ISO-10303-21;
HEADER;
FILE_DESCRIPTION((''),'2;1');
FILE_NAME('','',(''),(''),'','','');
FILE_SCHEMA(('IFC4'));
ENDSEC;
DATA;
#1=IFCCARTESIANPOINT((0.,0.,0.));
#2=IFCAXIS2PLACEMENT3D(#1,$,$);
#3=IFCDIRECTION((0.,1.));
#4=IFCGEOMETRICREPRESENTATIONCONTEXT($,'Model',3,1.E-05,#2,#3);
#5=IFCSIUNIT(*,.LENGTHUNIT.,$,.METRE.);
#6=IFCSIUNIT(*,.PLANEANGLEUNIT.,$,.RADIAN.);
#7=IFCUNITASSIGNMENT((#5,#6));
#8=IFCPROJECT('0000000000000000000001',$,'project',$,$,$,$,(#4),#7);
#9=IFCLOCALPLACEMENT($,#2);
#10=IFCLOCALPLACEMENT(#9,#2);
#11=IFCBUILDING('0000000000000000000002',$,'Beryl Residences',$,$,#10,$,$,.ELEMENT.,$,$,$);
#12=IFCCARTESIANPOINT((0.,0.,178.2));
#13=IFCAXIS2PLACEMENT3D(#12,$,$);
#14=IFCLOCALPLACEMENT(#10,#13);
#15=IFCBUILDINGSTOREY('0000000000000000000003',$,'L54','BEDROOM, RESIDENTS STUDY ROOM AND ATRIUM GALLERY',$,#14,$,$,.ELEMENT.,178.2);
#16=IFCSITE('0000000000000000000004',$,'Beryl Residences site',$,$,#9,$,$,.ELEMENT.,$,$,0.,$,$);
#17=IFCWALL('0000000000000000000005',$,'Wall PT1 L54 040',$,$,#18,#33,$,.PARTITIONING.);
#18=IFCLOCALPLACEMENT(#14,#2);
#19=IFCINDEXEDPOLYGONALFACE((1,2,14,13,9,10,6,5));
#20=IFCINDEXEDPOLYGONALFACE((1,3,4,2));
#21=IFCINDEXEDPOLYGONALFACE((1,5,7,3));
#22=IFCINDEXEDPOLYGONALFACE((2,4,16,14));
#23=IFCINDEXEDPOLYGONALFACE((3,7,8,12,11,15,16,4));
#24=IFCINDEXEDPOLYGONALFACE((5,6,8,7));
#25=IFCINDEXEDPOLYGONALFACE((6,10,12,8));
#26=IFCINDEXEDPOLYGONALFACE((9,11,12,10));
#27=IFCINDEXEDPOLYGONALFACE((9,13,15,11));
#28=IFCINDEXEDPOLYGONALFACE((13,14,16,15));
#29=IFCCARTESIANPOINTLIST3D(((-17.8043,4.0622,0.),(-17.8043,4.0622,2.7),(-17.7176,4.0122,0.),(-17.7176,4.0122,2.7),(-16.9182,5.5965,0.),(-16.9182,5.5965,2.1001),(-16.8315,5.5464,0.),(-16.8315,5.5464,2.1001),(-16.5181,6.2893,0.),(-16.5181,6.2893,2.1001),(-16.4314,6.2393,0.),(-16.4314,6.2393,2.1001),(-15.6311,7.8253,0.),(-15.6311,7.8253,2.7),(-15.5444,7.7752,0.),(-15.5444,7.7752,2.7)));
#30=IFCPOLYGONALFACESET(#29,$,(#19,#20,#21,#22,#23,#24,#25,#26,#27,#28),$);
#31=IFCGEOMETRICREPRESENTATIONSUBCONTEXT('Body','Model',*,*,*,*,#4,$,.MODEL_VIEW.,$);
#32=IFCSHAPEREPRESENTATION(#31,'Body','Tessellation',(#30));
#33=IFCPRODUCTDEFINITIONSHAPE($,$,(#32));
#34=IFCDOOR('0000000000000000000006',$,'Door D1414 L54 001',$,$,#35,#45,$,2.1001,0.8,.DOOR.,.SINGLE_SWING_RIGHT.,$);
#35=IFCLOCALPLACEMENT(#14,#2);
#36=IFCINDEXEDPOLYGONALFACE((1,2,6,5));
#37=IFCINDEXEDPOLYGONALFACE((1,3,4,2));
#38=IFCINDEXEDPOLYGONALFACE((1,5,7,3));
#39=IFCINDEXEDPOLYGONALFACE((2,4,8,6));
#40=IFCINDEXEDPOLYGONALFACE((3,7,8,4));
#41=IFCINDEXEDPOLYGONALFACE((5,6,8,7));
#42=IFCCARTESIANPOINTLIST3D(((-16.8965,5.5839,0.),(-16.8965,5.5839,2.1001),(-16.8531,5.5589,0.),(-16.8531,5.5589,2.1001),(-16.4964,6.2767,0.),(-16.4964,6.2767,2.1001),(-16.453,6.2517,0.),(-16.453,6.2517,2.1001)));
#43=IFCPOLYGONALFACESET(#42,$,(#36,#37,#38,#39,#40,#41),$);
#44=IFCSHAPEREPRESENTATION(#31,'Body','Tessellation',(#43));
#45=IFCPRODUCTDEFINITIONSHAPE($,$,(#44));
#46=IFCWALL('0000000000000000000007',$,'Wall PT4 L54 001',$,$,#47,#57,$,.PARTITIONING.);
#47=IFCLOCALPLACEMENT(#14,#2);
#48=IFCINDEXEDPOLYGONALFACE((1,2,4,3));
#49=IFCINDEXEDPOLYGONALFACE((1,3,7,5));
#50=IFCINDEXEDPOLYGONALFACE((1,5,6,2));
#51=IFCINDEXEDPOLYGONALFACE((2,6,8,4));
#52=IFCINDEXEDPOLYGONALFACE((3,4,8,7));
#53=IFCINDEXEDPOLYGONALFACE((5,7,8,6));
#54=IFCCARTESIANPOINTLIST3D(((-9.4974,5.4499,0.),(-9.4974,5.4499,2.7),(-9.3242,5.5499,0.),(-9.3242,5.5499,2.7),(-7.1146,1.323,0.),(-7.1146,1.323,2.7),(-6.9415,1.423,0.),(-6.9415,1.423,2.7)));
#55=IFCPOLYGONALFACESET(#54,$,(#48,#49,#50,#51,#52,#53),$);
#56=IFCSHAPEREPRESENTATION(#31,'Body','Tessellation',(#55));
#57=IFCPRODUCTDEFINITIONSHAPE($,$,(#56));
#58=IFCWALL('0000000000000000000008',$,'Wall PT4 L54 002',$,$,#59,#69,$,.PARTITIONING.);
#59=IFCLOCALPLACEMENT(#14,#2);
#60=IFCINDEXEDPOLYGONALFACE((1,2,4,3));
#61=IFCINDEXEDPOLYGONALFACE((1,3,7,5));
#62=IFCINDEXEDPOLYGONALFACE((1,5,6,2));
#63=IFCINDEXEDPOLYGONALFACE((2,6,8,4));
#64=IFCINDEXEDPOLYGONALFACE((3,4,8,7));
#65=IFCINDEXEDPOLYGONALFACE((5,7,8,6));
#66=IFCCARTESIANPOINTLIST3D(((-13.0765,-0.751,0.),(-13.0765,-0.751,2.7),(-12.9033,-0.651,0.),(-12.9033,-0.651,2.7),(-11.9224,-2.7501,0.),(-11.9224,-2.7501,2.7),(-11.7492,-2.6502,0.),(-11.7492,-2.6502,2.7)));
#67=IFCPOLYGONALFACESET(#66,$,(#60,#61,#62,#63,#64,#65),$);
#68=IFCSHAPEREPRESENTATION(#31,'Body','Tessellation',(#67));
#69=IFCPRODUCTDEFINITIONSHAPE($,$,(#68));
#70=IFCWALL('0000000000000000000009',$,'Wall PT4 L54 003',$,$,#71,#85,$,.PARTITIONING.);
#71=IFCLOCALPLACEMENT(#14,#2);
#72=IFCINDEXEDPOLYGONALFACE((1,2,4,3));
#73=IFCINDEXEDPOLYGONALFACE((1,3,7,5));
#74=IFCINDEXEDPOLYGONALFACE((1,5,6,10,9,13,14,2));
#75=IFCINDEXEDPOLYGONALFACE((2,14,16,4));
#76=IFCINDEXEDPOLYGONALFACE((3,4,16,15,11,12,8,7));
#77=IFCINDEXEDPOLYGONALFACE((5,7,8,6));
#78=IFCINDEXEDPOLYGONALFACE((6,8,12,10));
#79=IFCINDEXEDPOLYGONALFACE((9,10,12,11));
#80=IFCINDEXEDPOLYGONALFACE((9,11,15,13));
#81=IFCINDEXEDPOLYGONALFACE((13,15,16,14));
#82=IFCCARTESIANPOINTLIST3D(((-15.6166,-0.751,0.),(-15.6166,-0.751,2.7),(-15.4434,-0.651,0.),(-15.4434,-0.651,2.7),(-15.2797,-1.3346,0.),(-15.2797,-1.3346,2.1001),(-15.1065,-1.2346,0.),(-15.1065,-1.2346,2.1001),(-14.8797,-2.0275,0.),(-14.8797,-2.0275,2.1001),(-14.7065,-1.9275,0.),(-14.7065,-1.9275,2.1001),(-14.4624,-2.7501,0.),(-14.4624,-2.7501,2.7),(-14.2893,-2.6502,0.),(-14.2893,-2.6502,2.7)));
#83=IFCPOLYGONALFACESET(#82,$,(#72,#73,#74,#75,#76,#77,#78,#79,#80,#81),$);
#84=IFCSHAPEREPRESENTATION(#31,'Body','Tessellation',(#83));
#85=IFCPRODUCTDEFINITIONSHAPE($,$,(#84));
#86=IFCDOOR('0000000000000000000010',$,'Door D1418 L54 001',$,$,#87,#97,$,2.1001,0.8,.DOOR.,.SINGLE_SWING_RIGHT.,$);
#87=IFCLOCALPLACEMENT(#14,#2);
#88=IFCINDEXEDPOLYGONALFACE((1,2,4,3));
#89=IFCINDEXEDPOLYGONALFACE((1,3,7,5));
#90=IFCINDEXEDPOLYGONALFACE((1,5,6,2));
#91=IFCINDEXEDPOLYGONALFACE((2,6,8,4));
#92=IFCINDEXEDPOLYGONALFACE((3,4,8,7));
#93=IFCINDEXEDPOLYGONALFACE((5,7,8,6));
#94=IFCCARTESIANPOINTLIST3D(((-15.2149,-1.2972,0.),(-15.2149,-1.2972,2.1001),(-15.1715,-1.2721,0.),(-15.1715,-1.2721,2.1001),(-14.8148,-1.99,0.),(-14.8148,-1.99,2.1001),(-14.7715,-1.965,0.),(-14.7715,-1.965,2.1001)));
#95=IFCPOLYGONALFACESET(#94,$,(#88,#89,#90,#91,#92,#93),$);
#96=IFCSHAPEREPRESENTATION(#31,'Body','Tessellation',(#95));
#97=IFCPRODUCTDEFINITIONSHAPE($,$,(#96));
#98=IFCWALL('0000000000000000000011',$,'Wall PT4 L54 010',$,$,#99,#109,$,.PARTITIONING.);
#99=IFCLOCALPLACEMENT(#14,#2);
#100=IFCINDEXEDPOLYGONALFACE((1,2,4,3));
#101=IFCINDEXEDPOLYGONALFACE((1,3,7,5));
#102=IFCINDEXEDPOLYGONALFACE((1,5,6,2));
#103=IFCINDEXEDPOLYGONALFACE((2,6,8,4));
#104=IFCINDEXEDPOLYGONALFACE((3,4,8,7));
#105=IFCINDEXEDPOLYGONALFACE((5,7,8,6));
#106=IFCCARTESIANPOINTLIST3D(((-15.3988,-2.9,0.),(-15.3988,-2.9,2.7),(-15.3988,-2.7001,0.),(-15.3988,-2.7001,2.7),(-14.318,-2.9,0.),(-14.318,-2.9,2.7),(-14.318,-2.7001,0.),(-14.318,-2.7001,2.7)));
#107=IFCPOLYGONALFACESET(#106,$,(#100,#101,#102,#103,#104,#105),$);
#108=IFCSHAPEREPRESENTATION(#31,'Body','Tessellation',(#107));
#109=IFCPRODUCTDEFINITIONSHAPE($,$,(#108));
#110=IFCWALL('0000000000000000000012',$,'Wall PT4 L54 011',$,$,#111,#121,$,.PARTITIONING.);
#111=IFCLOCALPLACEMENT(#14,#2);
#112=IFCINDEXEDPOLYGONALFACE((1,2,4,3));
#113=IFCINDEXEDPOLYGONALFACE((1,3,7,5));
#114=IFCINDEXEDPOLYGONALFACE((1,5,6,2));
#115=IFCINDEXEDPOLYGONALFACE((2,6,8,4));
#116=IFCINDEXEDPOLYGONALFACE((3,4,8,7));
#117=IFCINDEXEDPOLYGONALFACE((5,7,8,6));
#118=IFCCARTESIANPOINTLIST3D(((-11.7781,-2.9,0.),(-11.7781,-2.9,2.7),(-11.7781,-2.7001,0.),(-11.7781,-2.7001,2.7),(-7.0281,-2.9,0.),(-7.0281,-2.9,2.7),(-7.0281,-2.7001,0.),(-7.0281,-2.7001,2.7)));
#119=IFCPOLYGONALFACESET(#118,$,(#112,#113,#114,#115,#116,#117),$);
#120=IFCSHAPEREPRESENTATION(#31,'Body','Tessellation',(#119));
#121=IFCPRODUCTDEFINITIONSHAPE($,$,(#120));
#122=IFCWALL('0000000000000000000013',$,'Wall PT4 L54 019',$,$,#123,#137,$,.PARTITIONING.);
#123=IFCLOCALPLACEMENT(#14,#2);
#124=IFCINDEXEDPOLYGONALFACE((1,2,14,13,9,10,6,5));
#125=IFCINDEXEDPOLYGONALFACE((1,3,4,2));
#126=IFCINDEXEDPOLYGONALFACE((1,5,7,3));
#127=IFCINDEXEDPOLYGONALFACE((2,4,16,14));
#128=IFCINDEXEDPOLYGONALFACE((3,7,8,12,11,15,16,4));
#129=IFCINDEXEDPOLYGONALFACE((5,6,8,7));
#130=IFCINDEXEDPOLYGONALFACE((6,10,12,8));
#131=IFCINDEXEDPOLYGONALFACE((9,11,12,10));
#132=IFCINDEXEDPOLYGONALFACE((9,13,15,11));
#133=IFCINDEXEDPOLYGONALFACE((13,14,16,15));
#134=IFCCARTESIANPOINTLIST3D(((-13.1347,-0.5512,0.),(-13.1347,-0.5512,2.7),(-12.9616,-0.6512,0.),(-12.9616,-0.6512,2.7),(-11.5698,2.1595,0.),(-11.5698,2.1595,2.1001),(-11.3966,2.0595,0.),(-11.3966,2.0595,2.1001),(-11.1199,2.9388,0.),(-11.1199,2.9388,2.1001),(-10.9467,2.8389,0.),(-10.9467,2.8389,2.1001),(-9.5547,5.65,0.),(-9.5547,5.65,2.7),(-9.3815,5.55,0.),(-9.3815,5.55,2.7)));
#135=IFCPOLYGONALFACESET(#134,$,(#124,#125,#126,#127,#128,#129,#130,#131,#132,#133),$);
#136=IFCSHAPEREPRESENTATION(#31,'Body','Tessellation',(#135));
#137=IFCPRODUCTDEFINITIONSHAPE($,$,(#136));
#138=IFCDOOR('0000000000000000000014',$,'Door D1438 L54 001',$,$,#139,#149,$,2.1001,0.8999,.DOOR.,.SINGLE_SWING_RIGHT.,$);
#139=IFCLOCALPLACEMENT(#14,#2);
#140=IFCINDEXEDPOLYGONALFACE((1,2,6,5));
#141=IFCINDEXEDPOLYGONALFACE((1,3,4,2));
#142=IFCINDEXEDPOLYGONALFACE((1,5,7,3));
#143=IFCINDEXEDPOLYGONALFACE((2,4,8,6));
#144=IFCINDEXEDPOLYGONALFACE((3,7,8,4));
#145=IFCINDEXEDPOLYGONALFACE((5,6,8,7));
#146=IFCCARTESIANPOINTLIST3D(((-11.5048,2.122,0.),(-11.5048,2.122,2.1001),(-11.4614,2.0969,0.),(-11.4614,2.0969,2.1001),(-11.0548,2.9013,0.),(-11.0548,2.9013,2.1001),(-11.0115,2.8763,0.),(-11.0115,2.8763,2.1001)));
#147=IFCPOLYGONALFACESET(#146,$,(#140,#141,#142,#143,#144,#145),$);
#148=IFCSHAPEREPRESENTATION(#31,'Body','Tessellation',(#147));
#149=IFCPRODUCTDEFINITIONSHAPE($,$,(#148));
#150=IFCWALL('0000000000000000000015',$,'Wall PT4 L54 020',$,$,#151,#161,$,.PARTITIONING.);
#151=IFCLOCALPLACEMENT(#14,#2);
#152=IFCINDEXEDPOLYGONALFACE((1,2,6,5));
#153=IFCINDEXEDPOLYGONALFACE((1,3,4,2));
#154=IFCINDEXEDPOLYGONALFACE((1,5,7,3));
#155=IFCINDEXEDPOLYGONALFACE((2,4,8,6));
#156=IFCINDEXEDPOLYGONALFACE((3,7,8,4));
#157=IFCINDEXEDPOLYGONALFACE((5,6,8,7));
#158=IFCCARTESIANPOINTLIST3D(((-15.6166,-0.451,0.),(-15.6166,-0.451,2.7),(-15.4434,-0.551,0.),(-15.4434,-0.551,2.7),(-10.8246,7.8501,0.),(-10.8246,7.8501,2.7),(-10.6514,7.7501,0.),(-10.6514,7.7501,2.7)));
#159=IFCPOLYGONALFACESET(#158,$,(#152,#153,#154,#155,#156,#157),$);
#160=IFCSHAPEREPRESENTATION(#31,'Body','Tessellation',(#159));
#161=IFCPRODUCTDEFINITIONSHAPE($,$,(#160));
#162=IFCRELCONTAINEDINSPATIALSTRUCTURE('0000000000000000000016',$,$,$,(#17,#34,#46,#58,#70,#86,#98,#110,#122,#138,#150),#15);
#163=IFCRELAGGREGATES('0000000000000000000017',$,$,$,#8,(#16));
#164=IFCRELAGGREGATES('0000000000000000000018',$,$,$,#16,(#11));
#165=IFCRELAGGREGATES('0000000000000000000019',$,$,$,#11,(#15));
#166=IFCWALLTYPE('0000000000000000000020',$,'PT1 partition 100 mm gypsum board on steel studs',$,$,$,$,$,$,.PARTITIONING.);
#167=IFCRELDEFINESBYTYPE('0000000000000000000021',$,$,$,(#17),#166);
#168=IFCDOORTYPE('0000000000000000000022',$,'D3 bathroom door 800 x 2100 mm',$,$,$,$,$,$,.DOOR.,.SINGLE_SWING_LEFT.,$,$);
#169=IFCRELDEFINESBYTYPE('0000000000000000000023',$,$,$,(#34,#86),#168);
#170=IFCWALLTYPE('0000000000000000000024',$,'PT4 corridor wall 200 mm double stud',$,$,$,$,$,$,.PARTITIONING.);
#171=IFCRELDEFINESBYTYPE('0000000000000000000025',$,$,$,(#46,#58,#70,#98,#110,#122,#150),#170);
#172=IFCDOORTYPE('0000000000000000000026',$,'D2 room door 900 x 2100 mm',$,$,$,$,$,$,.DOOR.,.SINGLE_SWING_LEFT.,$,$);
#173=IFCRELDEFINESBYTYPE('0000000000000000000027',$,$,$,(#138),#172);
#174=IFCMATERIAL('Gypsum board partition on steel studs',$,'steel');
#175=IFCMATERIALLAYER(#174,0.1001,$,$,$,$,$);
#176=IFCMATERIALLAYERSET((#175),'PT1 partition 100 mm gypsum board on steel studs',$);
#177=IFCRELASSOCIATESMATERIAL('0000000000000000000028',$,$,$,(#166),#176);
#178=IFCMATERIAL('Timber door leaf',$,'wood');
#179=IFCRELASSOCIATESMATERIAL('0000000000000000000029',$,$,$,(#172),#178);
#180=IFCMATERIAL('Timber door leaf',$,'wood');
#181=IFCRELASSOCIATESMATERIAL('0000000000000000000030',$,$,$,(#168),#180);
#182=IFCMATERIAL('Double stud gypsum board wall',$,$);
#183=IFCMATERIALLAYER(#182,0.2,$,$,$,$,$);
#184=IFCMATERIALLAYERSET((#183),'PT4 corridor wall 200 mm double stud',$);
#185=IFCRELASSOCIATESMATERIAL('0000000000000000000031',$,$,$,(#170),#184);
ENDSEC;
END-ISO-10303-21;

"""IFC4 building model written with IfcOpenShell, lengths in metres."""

from ifc_helpers import new_model, si_unit, direction, frame, frame_2d, origin, place, context, subcontext, project, spatial, rectangle, extrude, material, layer, layer_set, type_object, element, fill, save


model = new_model("IFC4")

# Units and contexts
model_context = context("Model", 3, precision=1e-05, world=origin(), true_north=direction((0.0, 1.0)))
body_context = subcontext(model_context, "Body", "Model", "MODEL_VIEW")
ifc_project = project(units=[si_unit("LENGTHUNIT", "METRE"), si_unit("PLANEANGLEUNIT", "RADIAN")], contexts=[model_context])

# Site, building, storey
site_placement = place(None, origin())
site = spatial("IfcSite", under=ifc_project, at=site_placement, Name="Beryl Residences site", CompositionType="ELEMENT", RefElevation=0.0)
building_placement = place(site_placement, origin())
building = spatial("IfcBuilding", under=site, at=building_placement, Name="Beryl Residences", CompositionType="ELEMENT")
storey_placement = place(building_placement, frame((0.0, 0.0, 178.2)))
storey = spatial("IfcBuildingStorey", under=building, at=storey_placement, Name="L54", Description="BEDROOM, RESIDENTS STUDY ROOM AND ATRIUM GALLERY", CompositionType="ELEMENT", Elevation=178.2)

# Shared definitions
ifc_material_1 = material(Name="Gypsum board partition on steel studs", Category="steel")
ifc_layer_1 = layer(ifc_material_1, 0.1001)
ifc_layer_set_1 = layer_set([ifc_layer_1], Name="PT1 partition 100 mm gypsum board on steel studs")
wall_type_1 = type_object("IfcWallType", Name="PT1 partition 100 mm gypsum board on steel studs", PredefinedType="PARTITIONING", material=ifc_layer_set_1)
ifc_material_2 = material(Name="Timber door leaf", Category="wood")
door_type_1 = type_object("IfcDoorType", Name="D2 room door 900 x 2100 mm", OperationType="SINGLE_SWING_LEFT", PredefinedType="DOOR", material=ifc_material_2)

# Shared definitions
ifc_material_3 = material(Name="Timber door leaf", Category="wood")
door_type_2 = type_object("IfcDoorType", Name="D3 bathroom door 800 x 2100 mm", OperationType="SINGLE_SWING_LEFT", PredefinedType="DOOR", material=ifc_material_3)

# Wall, opening, door
wall_1_placement = place(storey_placement, frame((-17.761, 4.0371, 0.0), z_axis=(0.0, 0.0, 1.0), x_axis=(0.500097, 0.865969, 0.0)))
wall_1 = element("IfcWall", 1, at=wall_1_placement, inside=storey, type_object=wall_type_1, Name="Wall PT1 L54 040", PredefinedType="PARTITIONING", context=body_context, shape_type="SweptSolid", body=[
    extrude(rectangle(XDim=4.3455, YDim=0.1001, at=frame_2d((2.1729, 0.0))), origin(), (0.0, 0.0, 1.0), 2.7),
])
opening_1_placement = place(wall_1_placement, frame((1.772, 0.0, 0.0)))
opening_1 = element("IfcOpeningElement", 2, at=opening_1_placement, cuts=wall_1, PredefinedType="OPENING", context=body_context, shape_type="SweptSolid", body=[
    extrude(rectangle(XDim=0.8, YDim=2.1001, at=frame_2d((0.3999, 1.05))), frame((0.0, 0.0601, 0.0), z_axis=(0.0, -1.0, 0.0), x_axis=(1.0, 0.0, 0.0)), (0.0, 0.0, 1.0), 0.1201),
])
door_1_placement = place(opening_1_placement, origin())
door_1 = element("IfcDoor", 3, at=door_1_placement, inside=storey, type_object=door_type_2, Name="Door D1414 L54 001", OperationType="SINGLE_SWING_RIGHT", OverallHeight=2.1001, OverallWidth=0.8, PredefinedType="DOOR", context=body_context, shape_type="SweptSolid", body=[
    extrude(rectangle(XDim=0.8, YDim=2.1001, at=frame_2d((0.3999, 1.05))), frame((0.0, 0.0249, 0.0), z_axis=(0.0, -1.0, 0.0), x_axis=(1.0, 0.0, 0.0)), (0.0, 0.0, 1.0), 0.05),
])
fill(opening_1, door_1)

# Walls
ifc_material_4 = material(Name="Double stud gypsum board wall")
ifc_layer_2 = layer(ifc_material_4, 0.2)
ifc_layer_set_2 = layer_set([ifc_layer_2], Name="PT4 corridor wall 200 mm double stud")
wall_type_2 = type_object("IfcWallType", Name="PT4 corridor wall 200 mm double stud", PredefinedType="PARTITIONING", material=ifc_layer_set_2)
wall_2_placement = place(storey_placement, frame((-9.4109, 5.5, 0.0), z_axis=(0.0, 0.0, 1.0), x_axis=(0.500018, -0.866015, 0.0)))
element("IfcWall", 4, at=wall_2_placement, inside=storey, type_object=wall_type_2, Name="Wall PT4 L54 001", PredefinedType="PARTITIONING", context=body_context, shape_type="SweptSolid", body=[
    extrude(rectangle(XDim=4.7654, YDim=0.2, at=frame_2d((2.3828, 0.0))), origin(), (0.0, 0.0, 1.0), 2.7),
])
wall_3_placement = place(storey_placement, frame((-12.99, -0.7009, 0.0), z_axis=(0.0, 0.0, 1.0), x_axis=(0.499973, -0.866041, 0.0)))
element("IfcWall", 5, at=wall_3_placement, inside=storey, type_object=wall_type_2, Name="Wall PT4 L54 002", PredefinedType="PARTITIONING", context=body_context, shape_type="SweptSolid", body=[
    extrude(rectangle(XDim=2.3083, YDim=0.2, at=frame_2d((1.1543, 0.0))), origin(), (0.0, 0.0, 1.0), 2.7),
])

# Wall, opening, door
wall_4_placement = place(storey_placement, frame((-15.53, -0.7009, 0.0), z_axis=(0.0, 0.0, 1.0), x_axis=(0.499973, -0.866041, 0.0)))
wall_4 = element("IfcWall", 6, at=wall_4_placement, inside=storey, type_object=wall_type_2, Name="Wall PT4 L54 003", PredefinedType="PARTITIONING", context=body_context, shape_type="SweptSolid", body=[
    extrude(rectangle(XDim=2.3083, YDim=0.2, at=frame_2d((1.1543, 0.0))), origin(), (0.0, 0.0, 1.0), 2.7),
])
opening_2_placement = place(wall_4_placement, frame((0.6741, 0.0, 0.0)))
opening_2 = element("IfcOpeningElement", 7, at=opening_2_placement, cuts=wall_4, PredefinedType="OPENING", context=body_context, shape_type="SweptSolid", body=[
    extrude(rectangle(XDim=0.8, YDim=2.1001, at=frame_2d((0.3999, 1.05))), frame((0.0, 0.1099, 0.0), z_axis=(0.0, -1.0, 0.0), x_axis=(1.0, 0.0, 0.0)), (0.0, 0.0, 1.0), 0.22),
])
door_2_placement = place(opening_2_placement, origin())
door_2 = element("IfcDoor", 8, at=door_2_placement, inside=storey, type_object=door_type_2, Name="Door D1418 L54 001", OperationType="SINGLE_SWING_RIGHT", OverallHeight=2.1001, OverallWidth=0.8, PredefinedType="DOOR", context=body_context, shape_type="SweptSolid", body=[
    extrude(rectangle(XDim=0.8, YDim=2.1001, at=frame_2d((0.3999, 1.05))), frame((0.0, 0.0249, 0.0), z_axis=(0.0, -1.0, 0.0), x_axis=(1.0, 0.0, 0.0)), (0.0, 0.0, 1.0), 0.05),
])
fill(opening_2, door_2)

# Walls
wall_5_placement = place(storey_placement, frame((-15.3989, -2.8, 0.0), z_axis=(0.0, 0.0, 1.0), x_axis=(1.0, 0.0, 0.0)))
element("IfcWall", 9, at=wall_5_placement, inside=storey, type_object=wall_type_2, Name="Wall PT4 L54 010", PredefinedType="PARTITIONING", context=body_context, shape_type="SweptSolid", body=[
    extrude(rectangle(XDim=1.0808, YDim=0.2, at=frame_2d((0.5405, 0.0))), origin(), (0.0, 0.0, 1.0), 2.7),
])
wall_6_placement = place(storey_placement, frame((-11.7781, -2.8, 0.0), z_axis=(0.0, 0.0, 1.0), x_axis=(1.0, 0.0, 0.0)))
element("IfcWall", 10, at=wall_6_placement, inside=storey, type_object=wall_type_2, Name="Wall PT4 L54 011", PredefinedType="PARTITIONING", context=body_context, shape_type="SweptSolid", body=[
    extrude(rectangle(XDim=4.75, YDim=0.2, at=frame_2d((2.375, 0.0))), origin(), (0.0, 0.0, 1.0), 2.7),
])

# Wall, opening, door
wall_7_placement = place(storey_placement, frame((-13.0481, -0.6011, 0.0), z_axis=(0.0, 0.0, 1.0), x_axis=(0.499982, 0.866036, 0.0)))
wall_7 = element("IfcWall", 11, at=wall_7_placement, inside=storey, type_object=wall_type_2, Name="Wall PT4 L54 019", PredefinedType="PARTITIONING", context=body_context, shape_type="SweptSolid", body=[
    extrude(rectangle(XDim=7.1604, YDim=0.2, at=frame_2d((3.5801, 0.0))), origin(), (0.0, 0.0, 1.0), 2.7),
])
opening_3_placement = place(wall_7_placement, frame((3.1299, 0.0, 0.0)))
opening_3 = element("IfcOpeningElement", 12, at=opening_3_placement, cuts=wall_7, PredefinedType="OPENING", context=body_context, shape_type="SweptSolid", body=[
    extrude(rectangle(XDim=0.8999, YDim=2.1001, at=frame_2d((0.45, 1.05))), frame((0.0, 0.1099, 0.0), z_axis=(0.0, -1.0, 0.0), x_axis=(1.0, 0.0, 0.0)), (0.0, 0.0, 1.0), 0.22),
])
door_3_placement = place(opening_3_placement, origin())
door_3 = element("IfcDoor", 13, at=door_3_placement, inside=storey, type_object=door_type_1, Name="Door D1438 L54 001", OperationType="SINGLE_SWING_RIGHT", OverallHeight=2.1001, OverallWidth=0.8999, PredefinedType="DOOR", context=body_context, shape_type="SweptSolid", body=[
    extrude(rectangle(XDim=0.8999, YDim=2.1001, at=frame_2d((0.45, 1.05))), frame((0.0, 0.0249, 0.0), z_axis=(0.0, -1.0, 0.0), x_axis=(1.0, 0.0, 0.0)), (0.0, 0.0, 1.0), 0.05),
])
fill(opening_3, door_3)

# Wall
wall_8_placement = place(storey_placement, frame((-15.53, -0.501, 0.0), z_axis=(0.0, 0.0, 1.0), x_axis=(0.499952, 0.866053, 0.0)))
element("IfcWall", 14, at=wall_8_placement, inside=storey, type_object=wall_type_2, Name="Wall PT4 L54 020", PredefinedType="PARTITIONING", context=body_context, shape_type="SweptSolid", body=[
    extrude(rectangle(XDim=9.585, YDim=0.2, at=frame_2d((4.7925, 0.0))), origin(), (0.0, 0.0, 1.0), 2.7),
])

save(model, "model.ifc")
